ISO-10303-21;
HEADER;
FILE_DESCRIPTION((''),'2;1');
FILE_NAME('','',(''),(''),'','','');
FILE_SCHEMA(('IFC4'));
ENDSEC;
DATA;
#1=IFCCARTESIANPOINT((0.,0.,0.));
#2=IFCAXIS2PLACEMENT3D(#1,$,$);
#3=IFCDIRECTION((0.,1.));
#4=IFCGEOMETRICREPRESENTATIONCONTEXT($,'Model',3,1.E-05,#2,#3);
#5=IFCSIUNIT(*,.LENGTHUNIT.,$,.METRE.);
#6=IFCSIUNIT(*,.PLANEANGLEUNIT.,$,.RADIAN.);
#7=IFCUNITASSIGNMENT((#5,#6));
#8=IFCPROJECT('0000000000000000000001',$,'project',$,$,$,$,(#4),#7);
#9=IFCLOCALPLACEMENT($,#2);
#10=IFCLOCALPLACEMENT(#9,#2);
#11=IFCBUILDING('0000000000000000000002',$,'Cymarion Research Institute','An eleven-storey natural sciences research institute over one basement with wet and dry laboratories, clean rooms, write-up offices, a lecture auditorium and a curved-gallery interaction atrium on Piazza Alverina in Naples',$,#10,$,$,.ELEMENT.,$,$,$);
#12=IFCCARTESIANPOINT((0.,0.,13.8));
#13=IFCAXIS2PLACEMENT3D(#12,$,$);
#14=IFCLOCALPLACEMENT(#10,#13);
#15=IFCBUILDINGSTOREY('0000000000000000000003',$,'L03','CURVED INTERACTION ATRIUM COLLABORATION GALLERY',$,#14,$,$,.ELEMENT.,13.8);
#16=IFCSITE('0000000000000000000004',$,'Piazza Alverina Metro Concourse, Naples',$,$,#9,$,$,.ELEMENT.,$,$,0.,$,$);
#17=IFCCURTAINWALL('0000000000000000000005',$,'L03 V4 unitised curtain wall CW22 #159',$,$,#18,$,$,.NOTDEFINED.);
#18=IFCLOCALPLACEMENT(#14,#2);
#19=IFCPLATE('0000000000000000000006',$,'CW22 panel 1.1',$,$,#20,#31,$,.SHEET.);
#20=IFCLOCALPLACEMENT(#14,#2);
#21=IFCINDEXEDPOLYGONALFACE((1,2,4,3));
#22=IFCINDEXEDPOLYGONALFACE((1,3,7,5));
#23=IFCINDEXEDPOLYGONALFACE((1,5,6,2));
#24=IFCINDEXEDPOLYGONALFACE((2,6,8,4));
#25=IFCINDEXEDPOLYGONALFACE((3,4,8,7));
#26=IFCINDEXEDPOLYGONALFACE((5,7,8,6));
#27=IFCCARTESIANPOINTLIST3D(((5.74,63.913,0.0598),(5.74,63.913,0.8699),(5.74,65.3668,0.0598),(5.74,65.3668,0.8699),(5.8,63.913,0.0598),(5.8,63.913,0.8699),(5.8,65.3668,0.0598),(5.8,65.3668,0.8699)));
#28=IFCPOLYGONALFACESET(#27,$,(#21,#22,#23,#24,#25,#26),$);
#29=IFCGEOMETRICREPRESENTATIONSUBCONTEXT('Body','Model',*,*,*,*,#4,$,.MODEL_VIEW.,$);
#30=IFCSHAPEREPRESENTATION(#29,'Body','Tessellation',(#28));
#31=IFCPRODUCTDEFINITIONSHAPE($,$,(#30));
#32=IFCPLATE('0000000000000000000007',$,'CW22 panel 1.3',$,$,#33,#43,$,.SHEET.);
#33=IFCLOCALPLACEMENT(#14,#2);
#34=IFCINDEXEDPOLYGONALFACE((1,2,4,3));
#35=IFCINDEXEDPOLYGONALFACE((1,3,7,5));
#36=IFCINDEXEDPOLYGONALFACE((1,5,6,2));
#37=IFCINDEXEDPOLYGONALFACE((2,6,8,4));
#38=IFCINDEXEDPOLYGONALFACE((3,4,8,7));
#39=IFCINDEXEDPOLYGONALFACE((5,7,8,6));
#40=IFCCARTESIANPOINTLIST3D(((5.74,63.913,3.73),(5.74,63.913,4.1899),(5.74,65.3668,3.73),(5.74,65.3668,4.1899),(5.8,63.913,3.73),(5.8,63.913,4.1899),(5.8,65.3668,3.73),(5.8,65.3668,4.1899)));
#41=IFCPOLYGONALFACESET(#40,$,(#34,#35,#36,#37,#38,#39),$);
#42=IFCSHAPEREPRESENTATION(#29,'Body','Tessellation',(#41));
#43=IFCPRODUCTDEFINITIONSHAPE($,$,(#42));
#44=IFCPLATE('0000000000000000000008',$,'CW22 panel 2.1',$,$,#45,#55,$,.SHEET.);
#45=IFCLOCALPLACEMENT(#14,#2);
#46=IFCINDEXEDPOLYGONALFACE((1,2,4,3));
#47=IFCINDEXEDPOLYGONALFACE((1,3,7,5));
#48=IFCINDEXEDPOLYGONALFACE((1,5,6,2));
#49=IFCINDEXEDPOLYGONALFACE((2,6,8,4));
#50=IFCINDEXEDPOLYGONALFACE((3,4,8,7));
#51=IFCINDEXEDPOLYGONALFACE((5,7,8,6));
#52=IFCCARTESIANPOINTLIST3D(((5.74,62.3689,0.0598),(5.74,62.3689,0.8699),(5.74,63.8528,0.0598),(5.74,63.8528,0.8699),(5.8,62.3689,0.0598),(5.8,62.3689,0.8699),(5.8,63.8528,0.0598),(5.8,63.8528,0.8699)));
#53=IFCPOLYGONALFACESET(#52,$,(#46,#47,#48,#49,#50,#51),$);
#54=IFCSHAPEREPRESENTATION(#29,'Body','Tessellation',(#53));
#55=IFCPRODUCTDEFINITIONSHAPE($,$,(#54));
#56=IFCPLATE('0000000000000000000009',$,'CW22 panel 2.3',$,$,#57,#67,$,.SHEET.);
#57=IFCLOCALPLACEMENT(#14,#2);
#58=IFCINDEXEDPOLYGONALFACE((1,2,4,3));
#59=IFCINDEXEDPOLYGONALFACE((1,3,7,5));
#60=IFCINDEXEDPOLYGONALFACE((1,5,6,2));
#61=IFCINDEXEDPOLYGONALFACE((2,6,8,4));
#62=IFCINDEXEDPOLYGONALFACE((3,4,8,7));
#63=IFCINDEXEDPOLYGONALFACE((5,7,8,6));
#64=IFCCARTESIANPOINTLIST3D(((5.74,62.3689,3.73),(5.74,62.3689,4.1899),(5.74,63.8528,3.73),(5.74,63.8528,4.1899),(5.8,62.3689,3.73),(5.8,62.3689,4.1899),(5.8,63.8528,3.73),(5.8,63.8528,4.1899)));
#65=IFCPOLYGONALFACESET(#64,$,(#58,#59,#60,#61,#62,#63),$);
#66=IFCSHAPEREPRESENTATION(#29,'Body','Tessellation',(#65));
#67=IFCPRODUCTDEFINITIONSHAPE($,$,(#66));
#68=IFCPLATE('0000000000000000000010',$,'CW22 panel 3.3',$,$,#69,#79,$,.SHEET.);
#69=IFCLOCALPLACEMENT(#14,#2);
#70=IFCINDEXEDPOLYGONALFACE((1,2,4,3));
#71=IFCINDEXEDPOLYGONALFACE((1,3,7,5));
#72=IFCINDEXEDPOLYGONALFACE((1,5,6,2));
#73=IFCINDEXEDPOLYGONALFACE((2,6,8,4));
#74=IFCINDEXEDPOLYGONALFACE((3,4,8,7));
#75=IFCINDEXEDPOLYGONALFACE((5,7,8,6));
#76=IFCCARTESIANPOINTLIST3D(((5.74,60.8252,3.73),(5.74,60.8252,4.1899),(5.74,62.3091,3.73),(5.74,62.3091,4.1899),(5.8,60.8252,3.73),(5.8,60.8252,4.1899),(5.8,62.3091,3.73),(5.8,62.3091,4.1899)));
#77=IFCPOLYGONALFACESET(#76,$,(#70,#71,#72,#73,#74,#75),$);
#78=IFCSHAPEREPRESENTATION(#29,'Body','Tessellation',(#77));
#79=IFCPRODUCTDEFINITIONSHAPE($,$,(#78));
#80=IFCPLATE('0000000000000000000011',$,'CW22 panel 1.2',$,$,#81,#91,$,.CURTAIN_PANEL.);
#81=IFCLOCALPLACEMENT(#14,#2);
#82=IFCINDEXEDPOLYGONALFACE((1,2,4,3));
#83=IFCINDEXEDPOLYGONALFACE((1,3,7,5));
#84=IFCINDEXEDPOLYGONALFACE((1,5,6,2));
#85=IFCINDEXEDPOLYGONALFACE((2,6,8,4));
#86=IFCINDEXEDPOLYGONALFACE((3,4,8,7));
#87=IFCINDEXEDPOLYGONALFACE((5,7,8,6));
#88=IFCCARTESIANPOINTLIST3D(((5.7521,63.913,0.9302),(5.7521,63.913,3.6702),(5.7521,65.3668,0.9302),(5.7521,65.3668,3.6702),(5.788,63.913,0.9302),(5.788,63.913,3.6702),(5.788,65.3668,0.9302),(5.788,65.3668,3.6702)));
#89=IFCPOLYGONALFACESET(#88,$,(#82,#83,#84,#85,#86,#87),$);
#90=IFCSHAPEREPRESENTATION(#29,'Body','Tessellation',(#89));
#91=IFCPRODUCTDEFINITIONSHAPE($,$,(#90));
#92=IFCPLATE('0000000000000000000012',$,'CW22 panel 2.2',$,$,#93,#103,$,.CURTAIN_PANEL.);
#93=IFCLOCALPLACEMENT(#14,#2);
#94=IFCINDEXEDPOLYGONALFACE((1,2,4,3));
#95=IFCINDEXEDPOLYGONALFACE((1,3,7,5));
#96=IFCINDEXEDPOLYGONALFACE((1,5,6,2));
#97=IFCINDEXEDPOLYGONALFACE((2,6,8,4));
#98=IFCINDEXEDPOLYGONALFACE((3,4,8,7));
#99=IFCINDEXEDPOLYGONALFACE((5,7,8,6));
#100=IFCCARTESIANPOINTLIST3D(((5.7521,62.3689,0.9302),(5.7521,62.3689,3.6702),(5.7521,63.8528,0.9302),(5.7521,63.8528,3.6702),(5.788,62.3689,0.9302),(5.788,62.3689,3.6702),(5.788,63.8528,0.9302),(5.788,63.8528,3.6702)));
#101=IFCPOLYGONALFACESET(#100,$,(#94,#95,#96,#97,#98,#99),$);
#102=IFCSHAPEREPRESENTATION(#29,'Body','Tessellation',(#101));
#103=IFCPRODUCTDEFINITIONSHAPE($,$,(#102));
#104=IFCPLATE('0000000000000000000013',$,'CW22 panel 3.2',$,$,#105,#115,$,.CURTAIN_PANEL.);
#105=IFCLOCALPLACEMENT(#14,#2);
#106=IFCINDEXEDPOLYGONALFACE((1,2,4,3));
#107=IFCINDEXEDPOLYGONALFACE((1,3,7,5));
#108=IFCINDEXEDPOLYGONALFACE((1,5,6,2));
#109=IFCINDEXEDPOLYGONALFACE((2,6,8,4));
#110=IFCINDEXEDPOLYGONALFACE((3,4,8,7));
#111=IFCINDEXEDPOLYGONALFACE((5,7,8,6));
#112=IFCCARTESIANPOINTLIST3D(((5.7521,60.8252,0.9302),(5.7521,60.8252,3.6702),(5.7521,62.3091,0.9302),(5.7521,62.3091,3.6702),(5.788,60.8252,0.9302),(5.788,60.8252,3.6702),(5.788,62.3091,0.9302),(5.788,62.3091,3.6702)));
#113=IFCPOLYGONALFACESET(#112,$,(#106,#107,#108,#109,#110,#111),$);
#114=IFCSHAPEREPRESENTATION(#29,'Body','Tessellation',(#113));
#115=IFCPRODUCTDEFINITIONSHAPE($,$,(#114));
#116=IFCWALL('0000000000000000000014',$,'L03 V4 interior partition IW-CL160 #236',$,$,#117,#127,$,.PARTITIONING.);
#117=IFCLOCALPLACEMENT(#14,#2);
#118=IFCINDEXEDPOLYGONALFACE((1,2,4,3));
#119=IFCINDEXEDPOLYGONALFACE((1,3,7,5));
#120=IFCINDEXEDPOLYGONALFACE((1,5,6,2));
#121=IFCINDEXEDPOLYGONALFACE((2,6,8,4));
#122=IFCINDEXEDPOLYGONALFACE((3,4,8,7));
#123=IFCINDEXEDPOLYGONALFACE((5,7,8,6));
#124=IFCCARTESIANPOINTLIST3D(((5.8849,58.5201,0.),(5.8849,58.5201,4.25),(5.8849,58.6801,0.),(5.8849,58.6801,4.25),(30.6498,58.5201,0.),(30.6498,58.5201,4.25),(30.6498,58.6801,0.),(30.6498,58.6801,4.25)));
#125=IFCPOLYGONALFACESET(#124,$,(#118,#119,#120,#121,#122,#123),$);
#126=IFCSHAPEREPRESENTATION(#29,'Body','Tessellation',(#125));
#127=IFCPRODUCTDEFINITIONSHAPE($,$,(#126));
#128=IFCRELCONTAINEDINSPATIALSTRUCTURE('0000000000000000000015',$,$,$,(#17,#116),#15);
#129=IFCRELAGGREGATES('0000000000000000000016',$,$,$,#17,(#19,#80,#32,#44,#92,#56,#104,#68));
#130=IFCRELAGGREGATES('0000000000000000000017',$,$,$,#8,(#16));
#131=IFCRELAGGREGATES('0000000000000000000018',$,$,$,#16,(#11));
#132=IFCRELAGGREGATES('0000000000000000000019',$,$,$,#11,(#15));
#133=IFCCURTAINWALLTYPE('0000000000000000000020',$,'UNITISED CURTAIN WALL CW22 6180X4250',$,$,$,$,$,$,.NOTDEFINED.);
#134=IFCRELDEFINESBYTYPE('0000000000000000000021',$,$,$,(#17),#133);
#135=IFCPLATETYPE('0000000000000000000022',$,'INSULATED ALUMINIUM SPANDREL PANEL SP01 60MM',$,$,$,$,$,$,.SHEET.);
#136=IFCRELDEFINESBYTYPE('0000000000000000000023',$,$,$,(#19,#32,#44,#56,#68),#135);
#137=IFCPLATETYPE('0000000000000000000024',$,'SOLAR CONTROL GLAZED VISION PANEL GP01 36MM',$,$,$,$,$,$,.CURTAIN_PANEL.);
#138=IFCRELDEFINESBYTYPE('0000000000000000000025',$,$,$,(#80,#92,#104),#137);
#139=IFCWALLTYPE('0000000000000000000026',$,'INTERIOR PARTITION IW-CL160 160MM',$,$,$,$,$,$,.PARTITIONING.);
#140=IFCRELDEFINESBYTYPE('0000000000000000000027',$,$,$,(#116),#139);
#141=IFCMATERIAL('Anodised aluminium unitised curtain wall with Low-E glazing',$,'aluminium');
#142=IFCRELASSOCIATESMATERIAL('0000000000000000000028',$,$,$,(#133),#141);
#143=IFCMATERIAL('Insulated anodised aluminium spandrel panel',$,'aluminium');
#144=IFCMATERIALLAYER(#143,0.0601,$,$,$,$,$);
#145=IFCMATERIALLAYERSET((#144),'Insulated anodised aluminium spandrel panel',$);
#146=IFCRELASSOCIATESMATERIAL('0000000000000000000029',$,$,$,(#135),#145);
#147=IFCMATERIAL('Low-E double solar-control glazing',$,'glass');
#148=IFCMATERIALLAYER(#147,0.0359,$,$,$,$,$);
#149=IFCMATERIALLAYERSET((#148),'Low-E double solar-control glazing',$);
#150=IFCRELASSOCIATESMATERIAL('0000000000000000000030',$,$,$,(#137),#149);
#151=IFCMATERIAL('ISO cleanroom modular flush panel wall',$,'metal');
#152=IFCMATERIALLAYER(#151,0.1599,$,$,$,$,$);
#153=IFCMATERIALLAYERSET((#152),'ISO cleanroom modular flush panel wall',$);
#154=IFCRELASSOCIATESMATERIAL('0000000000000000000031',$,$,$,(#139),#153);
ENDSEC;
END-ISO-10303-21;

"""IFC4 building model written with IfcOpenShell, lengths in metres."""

from ifc_helpers import new_model, si_unit, direction, frame, frame_2d, origin, origin_2d, place, context, subcontext, project, spatial, rectangle, extrude, material, layer, layer_set, type_object, element, aggregate, save


model = new_model("IFC4")

# Units and contexts
model_context = context("Model", 3, precision=1e-05, world=origin(), true_north=direction((0.0, 1.0)))
body_context = subcontext(model_context, "Body", "Model", "MODEL_VIEW")
ifc_project = project(units=[si_unit("LENGTHUNIT", "METRE"), si_unit("PLANEANGLEUNIT", "RADIAN")], contexts=[model_context])

# Site, building, storey
site_placement = place(None, origin())
site = spatial("IfcSite", under=ifc_project, at=site_placement, Name="Piazza Alverina Metro Concourse, Naples", CompositionType="ELEMENT", RefElevation=0.0)
building_placement = place(site_placement, origin())
building = spatial("IfcBuilding", under=site, at=building_placement, Name="Cymarion Research Institute", Description="An eleven-storey natural sciences research institute over one basement with wet and dry laboratories, clean rooms, write-up offices, a lecture auditorium and a curved-gallery interaction atrium on Piazza Alverina in Naples", CompositionType="ELEMENT")
storey_placement = place(building_placement, frame((0.0, 0.0, 13.8)))
storey = spatial("IfcBuildingStorey", under=building, at=storey_placement, Name="L03", Description="CURVED INTERACTION ATRIUM COLLABORATION GALLERY", CompositionType="ELEMENT", Elevation=13.8)

# Curtain wall, plates
ifc_material_1 = material(Name="Anodised aluminium unitised curtain wall with Low-E glazing", Category="aluminium")
curtain_wall_type = type_object("IfcCurtainWallType", Name="UNITISED CURTAIN WALL CW22 6180X4250", PredefinedType="NOTDEFINED", material=ifc_material_1)
curtain_wall_placement = place(storey_placement, origin())
curtain_wall = element("IfcCurtainWall", 1, at=curtain_wall_placement, inside=storey, type_object=curtain_wall_type, Name="L03 V4 unitised curtain wall CW22 #159", PredefinedType="NOTDEFINED")
ifc_material_2 = material(Name="Insulated anodised aluminium spandrel panel", Category="aluminium")
ifc_layer_1 = layer(ifc_material_2, 0.0601)
ifc_layer_set_1 = layer_set([ifc_layer_1], Name="Insulated anodised aluminium spandrel panel")
plate_type_1 = type_object("IfcPlateType", Name="INSULATED ALUMINIUM SPANDREL PANEL SP01 60MM", PredefinedType="SHEET", material=ifc_layer_set_1)
plate_1_placement = place(storey_placement, frame((5.77, 64.6399, 0.0598), z_axis=(0.0, 0.0, 1.0), x_axis=(0.0, -1.0, 0.0)))
plate_1 = element("IfcPlate", 2, at=plate_1_placement, type_object=plate_type_1, Name="CW22 panel 1.1", PredefinedType="SHEET", context=body_context, shape_type="SweptSolid", body=[
    extrude(rectangle(XDim=1.4539, YDim=0.0601, at=origin_2d()), origin(), (0.0, 0.0, 1.0), 0.8101),
])
plate_2_placement = place(storey_placement, frame((5.77, 64.6399, 3.73), z_axis=(0.0, 0.0, 1.0), x_axis=(0.0, -1.0, 0.0)))
plate_2 = element("IfcPlate", 3, at=plate_2_placement, type_object=plate_type_1, Name="CW22 panel 1.3", PredefinedType="SHEET", context=body_context, shape_type="SweptSolid", body=[
    extrude(rectangle(XDim=1.4539, YDim=0.0601, at=origin_2d()), origin(), (0.0, 0.0, 1.0), 0.46),
])
plate_3_placement = place(storey_placement, frame((5.77, 63.1108, 0.0598), z_axis=(0.0, 0.0, 1.0), x_axis=(0.0, -1.0, 0.0)))
plate_3 = element("IfcPlate", 4, at=plate_3_placement, type_object=plate_type_1, Name="CW22 panel 2.1", PredefinedType="SHEET", context=body_context, shape_type="SweptSolid", body=[
    extrude(rectangle(XDim=1.4839, YDim=0.0601, at=origin_2d()), origin(), (0.0, 0.0, 1.0), 0.8101),
])
plate_4_placement = place(storey_placement, frame((5.77, 63.1108, 3.73), z_axis=(0.0, 0.0, 1.0), x_axis=(0.0, -1.0, 0.0)))
plate_4 = element("IfcPlate", 5, at=plate_4_placement, type_object=plate_type_1, Name="CW22 panel 2.3", PredefinedType="SHEET", context=body_context, shape_type="SweptSolid", body=[
    extrude(rectangle(XDim=1.4839, YDim=0.0601, at=origin_2d()), origin(), (0.0, 0.0, 1.0), 0.46),
])
plate_5_placement = place(storey_placement, frame((5.77, 61.5671, 3.73), z_axis=(0.0, 0.0, 1.0), x_axis=(0.0, -1.0, 0.0)))
plate_5 = element("IfcPlate", 6, at=plate_5_placement, type_object=plate_type_1, Name="CW22 panel 3.3", PredefinedType="SHEET", context=body_context, shape_type="SweptSolid", body=[
    extrude(rectangle(XDim=1.4839, YDim=0.0601, at=origin_2d()), origin(), (0.0, 0.0, 1.0), 0.46),
])
ifc_material_3 = material(Name="Low-E double solar-control glazing", Category="glass")
ifc_layer_2 = layer(ifc_material_3, 0.0359)
ifc_layer_set_2 = layer_set([ifc_layer_2], Name="Low-E double solar-control glazing")
plate_type_2 = type_object("IfcPlateType", Name="SOLAR CONTROL GLAZED VISION PANEL GP01 36MM", PredefinedType="CURTAIN_PANEL", material=ifc_layer_set_2)
plate_6_placement = place(storey_placement, frame((5.77, 64.6399, 0.9302), z_axis=(0.0, 0.0, 1.0), x_axis=(0.0, -1.0, 0.0)))
plate_6 = element("IfcPlate", 7, at=plate_6_placement, type_object=plate_type_2, Name="CW22 panel 1.2", PredefinedType="CURTAIN_PANEL", context=body_context, shape_type="SweptSolid", body=[
    extrude(rectangle(XDim=1.4539, YDim=0.0359, at=origin_2d()), origin(), (0.0, 0.0, 1.0), 2.74),
])
plate_7_placement = place(storey_placement, frame((5.77, 63.1108, 0.9302), z_axis=(0.0, 0.0, 1.0), x_axis=(0.0, -1.0, 0.0)))
plate_7 = element("IfcPlate", 8, at=plate_7_placement, type_object=plate_type_2, Name="CW22 panel 2.2", PredefinedType="CURTAIN_PANEL", context=body_context, shape_type="SweptSolid", body=[
    extrude(rectangle(XDim=1.4839, YDim=0.0359, at=origin_2d()), origin(), (0.0, 0.0, 1.0), 2.74),
])
plate_8_placement = place(storey_placement, frame((5.77, 61.5671, 0.9302), z_axis=(0.0, 0.0, 1.0), x_axis=(0.0, -1.0, 0.0)))
plate_8 = element("IfcPlate", 9, at=plate_8_placement, type_object=plate_type_2, Name="CW22 panel 3.2", PredefinedType="CURTAIN_PANEL", context=body_context, shape_type="SweptSolid", body=[
    extrude(rectangle(XDim=1.4839, YDim=0.0359, at=origin_2d()), origin(), (0.0, 0.0, 1.0), 2.74),
])
aggregate(curtain_wall, [plate_1, plate_6, plate_2, plate_3, plate_7, plate_4, plate_8, plate_5])

# Wall
ifc_material_4 = material(Name="ISO cleanroom modular flush panel wall", Category="metal")
ifc_layer_3 = layer(ifc_material_4, 0.1599)
ifc_layer_set_3 = layer_set([ifc_layer_3], Name="ISO cleanroom modular flush panel wall")
wall_type = type_object("IfcWallType", Name="INTERIOR PARTITION IW-CL160 160MM", PredefinedType="PARTITIONING", material=ifc_layer_set_3)
wall_placement = place(storey_placement, frame((5.885, 58.6001, 0.0), z_axis=(0.0, 0.0, 1.0), x_axis=(1.0, 0.0, 0.0)))
element("IfcWall", 10, at=wall_placement, inside=storey, type_object=wall_type, Name="L03 V4 interior partition IW-CL160 #236", PredefinedType="PARTITIONING", context=body_context, shape_type="SweptSolid", body=[
    extrude(rectangle(XDim=24.7649, YDim=0.1599, at=frame_2d((12.3823, 0.0))), origin(), (0.0, 0.0, 1.0), 4.25),
])

save(model, "model.ifc")
